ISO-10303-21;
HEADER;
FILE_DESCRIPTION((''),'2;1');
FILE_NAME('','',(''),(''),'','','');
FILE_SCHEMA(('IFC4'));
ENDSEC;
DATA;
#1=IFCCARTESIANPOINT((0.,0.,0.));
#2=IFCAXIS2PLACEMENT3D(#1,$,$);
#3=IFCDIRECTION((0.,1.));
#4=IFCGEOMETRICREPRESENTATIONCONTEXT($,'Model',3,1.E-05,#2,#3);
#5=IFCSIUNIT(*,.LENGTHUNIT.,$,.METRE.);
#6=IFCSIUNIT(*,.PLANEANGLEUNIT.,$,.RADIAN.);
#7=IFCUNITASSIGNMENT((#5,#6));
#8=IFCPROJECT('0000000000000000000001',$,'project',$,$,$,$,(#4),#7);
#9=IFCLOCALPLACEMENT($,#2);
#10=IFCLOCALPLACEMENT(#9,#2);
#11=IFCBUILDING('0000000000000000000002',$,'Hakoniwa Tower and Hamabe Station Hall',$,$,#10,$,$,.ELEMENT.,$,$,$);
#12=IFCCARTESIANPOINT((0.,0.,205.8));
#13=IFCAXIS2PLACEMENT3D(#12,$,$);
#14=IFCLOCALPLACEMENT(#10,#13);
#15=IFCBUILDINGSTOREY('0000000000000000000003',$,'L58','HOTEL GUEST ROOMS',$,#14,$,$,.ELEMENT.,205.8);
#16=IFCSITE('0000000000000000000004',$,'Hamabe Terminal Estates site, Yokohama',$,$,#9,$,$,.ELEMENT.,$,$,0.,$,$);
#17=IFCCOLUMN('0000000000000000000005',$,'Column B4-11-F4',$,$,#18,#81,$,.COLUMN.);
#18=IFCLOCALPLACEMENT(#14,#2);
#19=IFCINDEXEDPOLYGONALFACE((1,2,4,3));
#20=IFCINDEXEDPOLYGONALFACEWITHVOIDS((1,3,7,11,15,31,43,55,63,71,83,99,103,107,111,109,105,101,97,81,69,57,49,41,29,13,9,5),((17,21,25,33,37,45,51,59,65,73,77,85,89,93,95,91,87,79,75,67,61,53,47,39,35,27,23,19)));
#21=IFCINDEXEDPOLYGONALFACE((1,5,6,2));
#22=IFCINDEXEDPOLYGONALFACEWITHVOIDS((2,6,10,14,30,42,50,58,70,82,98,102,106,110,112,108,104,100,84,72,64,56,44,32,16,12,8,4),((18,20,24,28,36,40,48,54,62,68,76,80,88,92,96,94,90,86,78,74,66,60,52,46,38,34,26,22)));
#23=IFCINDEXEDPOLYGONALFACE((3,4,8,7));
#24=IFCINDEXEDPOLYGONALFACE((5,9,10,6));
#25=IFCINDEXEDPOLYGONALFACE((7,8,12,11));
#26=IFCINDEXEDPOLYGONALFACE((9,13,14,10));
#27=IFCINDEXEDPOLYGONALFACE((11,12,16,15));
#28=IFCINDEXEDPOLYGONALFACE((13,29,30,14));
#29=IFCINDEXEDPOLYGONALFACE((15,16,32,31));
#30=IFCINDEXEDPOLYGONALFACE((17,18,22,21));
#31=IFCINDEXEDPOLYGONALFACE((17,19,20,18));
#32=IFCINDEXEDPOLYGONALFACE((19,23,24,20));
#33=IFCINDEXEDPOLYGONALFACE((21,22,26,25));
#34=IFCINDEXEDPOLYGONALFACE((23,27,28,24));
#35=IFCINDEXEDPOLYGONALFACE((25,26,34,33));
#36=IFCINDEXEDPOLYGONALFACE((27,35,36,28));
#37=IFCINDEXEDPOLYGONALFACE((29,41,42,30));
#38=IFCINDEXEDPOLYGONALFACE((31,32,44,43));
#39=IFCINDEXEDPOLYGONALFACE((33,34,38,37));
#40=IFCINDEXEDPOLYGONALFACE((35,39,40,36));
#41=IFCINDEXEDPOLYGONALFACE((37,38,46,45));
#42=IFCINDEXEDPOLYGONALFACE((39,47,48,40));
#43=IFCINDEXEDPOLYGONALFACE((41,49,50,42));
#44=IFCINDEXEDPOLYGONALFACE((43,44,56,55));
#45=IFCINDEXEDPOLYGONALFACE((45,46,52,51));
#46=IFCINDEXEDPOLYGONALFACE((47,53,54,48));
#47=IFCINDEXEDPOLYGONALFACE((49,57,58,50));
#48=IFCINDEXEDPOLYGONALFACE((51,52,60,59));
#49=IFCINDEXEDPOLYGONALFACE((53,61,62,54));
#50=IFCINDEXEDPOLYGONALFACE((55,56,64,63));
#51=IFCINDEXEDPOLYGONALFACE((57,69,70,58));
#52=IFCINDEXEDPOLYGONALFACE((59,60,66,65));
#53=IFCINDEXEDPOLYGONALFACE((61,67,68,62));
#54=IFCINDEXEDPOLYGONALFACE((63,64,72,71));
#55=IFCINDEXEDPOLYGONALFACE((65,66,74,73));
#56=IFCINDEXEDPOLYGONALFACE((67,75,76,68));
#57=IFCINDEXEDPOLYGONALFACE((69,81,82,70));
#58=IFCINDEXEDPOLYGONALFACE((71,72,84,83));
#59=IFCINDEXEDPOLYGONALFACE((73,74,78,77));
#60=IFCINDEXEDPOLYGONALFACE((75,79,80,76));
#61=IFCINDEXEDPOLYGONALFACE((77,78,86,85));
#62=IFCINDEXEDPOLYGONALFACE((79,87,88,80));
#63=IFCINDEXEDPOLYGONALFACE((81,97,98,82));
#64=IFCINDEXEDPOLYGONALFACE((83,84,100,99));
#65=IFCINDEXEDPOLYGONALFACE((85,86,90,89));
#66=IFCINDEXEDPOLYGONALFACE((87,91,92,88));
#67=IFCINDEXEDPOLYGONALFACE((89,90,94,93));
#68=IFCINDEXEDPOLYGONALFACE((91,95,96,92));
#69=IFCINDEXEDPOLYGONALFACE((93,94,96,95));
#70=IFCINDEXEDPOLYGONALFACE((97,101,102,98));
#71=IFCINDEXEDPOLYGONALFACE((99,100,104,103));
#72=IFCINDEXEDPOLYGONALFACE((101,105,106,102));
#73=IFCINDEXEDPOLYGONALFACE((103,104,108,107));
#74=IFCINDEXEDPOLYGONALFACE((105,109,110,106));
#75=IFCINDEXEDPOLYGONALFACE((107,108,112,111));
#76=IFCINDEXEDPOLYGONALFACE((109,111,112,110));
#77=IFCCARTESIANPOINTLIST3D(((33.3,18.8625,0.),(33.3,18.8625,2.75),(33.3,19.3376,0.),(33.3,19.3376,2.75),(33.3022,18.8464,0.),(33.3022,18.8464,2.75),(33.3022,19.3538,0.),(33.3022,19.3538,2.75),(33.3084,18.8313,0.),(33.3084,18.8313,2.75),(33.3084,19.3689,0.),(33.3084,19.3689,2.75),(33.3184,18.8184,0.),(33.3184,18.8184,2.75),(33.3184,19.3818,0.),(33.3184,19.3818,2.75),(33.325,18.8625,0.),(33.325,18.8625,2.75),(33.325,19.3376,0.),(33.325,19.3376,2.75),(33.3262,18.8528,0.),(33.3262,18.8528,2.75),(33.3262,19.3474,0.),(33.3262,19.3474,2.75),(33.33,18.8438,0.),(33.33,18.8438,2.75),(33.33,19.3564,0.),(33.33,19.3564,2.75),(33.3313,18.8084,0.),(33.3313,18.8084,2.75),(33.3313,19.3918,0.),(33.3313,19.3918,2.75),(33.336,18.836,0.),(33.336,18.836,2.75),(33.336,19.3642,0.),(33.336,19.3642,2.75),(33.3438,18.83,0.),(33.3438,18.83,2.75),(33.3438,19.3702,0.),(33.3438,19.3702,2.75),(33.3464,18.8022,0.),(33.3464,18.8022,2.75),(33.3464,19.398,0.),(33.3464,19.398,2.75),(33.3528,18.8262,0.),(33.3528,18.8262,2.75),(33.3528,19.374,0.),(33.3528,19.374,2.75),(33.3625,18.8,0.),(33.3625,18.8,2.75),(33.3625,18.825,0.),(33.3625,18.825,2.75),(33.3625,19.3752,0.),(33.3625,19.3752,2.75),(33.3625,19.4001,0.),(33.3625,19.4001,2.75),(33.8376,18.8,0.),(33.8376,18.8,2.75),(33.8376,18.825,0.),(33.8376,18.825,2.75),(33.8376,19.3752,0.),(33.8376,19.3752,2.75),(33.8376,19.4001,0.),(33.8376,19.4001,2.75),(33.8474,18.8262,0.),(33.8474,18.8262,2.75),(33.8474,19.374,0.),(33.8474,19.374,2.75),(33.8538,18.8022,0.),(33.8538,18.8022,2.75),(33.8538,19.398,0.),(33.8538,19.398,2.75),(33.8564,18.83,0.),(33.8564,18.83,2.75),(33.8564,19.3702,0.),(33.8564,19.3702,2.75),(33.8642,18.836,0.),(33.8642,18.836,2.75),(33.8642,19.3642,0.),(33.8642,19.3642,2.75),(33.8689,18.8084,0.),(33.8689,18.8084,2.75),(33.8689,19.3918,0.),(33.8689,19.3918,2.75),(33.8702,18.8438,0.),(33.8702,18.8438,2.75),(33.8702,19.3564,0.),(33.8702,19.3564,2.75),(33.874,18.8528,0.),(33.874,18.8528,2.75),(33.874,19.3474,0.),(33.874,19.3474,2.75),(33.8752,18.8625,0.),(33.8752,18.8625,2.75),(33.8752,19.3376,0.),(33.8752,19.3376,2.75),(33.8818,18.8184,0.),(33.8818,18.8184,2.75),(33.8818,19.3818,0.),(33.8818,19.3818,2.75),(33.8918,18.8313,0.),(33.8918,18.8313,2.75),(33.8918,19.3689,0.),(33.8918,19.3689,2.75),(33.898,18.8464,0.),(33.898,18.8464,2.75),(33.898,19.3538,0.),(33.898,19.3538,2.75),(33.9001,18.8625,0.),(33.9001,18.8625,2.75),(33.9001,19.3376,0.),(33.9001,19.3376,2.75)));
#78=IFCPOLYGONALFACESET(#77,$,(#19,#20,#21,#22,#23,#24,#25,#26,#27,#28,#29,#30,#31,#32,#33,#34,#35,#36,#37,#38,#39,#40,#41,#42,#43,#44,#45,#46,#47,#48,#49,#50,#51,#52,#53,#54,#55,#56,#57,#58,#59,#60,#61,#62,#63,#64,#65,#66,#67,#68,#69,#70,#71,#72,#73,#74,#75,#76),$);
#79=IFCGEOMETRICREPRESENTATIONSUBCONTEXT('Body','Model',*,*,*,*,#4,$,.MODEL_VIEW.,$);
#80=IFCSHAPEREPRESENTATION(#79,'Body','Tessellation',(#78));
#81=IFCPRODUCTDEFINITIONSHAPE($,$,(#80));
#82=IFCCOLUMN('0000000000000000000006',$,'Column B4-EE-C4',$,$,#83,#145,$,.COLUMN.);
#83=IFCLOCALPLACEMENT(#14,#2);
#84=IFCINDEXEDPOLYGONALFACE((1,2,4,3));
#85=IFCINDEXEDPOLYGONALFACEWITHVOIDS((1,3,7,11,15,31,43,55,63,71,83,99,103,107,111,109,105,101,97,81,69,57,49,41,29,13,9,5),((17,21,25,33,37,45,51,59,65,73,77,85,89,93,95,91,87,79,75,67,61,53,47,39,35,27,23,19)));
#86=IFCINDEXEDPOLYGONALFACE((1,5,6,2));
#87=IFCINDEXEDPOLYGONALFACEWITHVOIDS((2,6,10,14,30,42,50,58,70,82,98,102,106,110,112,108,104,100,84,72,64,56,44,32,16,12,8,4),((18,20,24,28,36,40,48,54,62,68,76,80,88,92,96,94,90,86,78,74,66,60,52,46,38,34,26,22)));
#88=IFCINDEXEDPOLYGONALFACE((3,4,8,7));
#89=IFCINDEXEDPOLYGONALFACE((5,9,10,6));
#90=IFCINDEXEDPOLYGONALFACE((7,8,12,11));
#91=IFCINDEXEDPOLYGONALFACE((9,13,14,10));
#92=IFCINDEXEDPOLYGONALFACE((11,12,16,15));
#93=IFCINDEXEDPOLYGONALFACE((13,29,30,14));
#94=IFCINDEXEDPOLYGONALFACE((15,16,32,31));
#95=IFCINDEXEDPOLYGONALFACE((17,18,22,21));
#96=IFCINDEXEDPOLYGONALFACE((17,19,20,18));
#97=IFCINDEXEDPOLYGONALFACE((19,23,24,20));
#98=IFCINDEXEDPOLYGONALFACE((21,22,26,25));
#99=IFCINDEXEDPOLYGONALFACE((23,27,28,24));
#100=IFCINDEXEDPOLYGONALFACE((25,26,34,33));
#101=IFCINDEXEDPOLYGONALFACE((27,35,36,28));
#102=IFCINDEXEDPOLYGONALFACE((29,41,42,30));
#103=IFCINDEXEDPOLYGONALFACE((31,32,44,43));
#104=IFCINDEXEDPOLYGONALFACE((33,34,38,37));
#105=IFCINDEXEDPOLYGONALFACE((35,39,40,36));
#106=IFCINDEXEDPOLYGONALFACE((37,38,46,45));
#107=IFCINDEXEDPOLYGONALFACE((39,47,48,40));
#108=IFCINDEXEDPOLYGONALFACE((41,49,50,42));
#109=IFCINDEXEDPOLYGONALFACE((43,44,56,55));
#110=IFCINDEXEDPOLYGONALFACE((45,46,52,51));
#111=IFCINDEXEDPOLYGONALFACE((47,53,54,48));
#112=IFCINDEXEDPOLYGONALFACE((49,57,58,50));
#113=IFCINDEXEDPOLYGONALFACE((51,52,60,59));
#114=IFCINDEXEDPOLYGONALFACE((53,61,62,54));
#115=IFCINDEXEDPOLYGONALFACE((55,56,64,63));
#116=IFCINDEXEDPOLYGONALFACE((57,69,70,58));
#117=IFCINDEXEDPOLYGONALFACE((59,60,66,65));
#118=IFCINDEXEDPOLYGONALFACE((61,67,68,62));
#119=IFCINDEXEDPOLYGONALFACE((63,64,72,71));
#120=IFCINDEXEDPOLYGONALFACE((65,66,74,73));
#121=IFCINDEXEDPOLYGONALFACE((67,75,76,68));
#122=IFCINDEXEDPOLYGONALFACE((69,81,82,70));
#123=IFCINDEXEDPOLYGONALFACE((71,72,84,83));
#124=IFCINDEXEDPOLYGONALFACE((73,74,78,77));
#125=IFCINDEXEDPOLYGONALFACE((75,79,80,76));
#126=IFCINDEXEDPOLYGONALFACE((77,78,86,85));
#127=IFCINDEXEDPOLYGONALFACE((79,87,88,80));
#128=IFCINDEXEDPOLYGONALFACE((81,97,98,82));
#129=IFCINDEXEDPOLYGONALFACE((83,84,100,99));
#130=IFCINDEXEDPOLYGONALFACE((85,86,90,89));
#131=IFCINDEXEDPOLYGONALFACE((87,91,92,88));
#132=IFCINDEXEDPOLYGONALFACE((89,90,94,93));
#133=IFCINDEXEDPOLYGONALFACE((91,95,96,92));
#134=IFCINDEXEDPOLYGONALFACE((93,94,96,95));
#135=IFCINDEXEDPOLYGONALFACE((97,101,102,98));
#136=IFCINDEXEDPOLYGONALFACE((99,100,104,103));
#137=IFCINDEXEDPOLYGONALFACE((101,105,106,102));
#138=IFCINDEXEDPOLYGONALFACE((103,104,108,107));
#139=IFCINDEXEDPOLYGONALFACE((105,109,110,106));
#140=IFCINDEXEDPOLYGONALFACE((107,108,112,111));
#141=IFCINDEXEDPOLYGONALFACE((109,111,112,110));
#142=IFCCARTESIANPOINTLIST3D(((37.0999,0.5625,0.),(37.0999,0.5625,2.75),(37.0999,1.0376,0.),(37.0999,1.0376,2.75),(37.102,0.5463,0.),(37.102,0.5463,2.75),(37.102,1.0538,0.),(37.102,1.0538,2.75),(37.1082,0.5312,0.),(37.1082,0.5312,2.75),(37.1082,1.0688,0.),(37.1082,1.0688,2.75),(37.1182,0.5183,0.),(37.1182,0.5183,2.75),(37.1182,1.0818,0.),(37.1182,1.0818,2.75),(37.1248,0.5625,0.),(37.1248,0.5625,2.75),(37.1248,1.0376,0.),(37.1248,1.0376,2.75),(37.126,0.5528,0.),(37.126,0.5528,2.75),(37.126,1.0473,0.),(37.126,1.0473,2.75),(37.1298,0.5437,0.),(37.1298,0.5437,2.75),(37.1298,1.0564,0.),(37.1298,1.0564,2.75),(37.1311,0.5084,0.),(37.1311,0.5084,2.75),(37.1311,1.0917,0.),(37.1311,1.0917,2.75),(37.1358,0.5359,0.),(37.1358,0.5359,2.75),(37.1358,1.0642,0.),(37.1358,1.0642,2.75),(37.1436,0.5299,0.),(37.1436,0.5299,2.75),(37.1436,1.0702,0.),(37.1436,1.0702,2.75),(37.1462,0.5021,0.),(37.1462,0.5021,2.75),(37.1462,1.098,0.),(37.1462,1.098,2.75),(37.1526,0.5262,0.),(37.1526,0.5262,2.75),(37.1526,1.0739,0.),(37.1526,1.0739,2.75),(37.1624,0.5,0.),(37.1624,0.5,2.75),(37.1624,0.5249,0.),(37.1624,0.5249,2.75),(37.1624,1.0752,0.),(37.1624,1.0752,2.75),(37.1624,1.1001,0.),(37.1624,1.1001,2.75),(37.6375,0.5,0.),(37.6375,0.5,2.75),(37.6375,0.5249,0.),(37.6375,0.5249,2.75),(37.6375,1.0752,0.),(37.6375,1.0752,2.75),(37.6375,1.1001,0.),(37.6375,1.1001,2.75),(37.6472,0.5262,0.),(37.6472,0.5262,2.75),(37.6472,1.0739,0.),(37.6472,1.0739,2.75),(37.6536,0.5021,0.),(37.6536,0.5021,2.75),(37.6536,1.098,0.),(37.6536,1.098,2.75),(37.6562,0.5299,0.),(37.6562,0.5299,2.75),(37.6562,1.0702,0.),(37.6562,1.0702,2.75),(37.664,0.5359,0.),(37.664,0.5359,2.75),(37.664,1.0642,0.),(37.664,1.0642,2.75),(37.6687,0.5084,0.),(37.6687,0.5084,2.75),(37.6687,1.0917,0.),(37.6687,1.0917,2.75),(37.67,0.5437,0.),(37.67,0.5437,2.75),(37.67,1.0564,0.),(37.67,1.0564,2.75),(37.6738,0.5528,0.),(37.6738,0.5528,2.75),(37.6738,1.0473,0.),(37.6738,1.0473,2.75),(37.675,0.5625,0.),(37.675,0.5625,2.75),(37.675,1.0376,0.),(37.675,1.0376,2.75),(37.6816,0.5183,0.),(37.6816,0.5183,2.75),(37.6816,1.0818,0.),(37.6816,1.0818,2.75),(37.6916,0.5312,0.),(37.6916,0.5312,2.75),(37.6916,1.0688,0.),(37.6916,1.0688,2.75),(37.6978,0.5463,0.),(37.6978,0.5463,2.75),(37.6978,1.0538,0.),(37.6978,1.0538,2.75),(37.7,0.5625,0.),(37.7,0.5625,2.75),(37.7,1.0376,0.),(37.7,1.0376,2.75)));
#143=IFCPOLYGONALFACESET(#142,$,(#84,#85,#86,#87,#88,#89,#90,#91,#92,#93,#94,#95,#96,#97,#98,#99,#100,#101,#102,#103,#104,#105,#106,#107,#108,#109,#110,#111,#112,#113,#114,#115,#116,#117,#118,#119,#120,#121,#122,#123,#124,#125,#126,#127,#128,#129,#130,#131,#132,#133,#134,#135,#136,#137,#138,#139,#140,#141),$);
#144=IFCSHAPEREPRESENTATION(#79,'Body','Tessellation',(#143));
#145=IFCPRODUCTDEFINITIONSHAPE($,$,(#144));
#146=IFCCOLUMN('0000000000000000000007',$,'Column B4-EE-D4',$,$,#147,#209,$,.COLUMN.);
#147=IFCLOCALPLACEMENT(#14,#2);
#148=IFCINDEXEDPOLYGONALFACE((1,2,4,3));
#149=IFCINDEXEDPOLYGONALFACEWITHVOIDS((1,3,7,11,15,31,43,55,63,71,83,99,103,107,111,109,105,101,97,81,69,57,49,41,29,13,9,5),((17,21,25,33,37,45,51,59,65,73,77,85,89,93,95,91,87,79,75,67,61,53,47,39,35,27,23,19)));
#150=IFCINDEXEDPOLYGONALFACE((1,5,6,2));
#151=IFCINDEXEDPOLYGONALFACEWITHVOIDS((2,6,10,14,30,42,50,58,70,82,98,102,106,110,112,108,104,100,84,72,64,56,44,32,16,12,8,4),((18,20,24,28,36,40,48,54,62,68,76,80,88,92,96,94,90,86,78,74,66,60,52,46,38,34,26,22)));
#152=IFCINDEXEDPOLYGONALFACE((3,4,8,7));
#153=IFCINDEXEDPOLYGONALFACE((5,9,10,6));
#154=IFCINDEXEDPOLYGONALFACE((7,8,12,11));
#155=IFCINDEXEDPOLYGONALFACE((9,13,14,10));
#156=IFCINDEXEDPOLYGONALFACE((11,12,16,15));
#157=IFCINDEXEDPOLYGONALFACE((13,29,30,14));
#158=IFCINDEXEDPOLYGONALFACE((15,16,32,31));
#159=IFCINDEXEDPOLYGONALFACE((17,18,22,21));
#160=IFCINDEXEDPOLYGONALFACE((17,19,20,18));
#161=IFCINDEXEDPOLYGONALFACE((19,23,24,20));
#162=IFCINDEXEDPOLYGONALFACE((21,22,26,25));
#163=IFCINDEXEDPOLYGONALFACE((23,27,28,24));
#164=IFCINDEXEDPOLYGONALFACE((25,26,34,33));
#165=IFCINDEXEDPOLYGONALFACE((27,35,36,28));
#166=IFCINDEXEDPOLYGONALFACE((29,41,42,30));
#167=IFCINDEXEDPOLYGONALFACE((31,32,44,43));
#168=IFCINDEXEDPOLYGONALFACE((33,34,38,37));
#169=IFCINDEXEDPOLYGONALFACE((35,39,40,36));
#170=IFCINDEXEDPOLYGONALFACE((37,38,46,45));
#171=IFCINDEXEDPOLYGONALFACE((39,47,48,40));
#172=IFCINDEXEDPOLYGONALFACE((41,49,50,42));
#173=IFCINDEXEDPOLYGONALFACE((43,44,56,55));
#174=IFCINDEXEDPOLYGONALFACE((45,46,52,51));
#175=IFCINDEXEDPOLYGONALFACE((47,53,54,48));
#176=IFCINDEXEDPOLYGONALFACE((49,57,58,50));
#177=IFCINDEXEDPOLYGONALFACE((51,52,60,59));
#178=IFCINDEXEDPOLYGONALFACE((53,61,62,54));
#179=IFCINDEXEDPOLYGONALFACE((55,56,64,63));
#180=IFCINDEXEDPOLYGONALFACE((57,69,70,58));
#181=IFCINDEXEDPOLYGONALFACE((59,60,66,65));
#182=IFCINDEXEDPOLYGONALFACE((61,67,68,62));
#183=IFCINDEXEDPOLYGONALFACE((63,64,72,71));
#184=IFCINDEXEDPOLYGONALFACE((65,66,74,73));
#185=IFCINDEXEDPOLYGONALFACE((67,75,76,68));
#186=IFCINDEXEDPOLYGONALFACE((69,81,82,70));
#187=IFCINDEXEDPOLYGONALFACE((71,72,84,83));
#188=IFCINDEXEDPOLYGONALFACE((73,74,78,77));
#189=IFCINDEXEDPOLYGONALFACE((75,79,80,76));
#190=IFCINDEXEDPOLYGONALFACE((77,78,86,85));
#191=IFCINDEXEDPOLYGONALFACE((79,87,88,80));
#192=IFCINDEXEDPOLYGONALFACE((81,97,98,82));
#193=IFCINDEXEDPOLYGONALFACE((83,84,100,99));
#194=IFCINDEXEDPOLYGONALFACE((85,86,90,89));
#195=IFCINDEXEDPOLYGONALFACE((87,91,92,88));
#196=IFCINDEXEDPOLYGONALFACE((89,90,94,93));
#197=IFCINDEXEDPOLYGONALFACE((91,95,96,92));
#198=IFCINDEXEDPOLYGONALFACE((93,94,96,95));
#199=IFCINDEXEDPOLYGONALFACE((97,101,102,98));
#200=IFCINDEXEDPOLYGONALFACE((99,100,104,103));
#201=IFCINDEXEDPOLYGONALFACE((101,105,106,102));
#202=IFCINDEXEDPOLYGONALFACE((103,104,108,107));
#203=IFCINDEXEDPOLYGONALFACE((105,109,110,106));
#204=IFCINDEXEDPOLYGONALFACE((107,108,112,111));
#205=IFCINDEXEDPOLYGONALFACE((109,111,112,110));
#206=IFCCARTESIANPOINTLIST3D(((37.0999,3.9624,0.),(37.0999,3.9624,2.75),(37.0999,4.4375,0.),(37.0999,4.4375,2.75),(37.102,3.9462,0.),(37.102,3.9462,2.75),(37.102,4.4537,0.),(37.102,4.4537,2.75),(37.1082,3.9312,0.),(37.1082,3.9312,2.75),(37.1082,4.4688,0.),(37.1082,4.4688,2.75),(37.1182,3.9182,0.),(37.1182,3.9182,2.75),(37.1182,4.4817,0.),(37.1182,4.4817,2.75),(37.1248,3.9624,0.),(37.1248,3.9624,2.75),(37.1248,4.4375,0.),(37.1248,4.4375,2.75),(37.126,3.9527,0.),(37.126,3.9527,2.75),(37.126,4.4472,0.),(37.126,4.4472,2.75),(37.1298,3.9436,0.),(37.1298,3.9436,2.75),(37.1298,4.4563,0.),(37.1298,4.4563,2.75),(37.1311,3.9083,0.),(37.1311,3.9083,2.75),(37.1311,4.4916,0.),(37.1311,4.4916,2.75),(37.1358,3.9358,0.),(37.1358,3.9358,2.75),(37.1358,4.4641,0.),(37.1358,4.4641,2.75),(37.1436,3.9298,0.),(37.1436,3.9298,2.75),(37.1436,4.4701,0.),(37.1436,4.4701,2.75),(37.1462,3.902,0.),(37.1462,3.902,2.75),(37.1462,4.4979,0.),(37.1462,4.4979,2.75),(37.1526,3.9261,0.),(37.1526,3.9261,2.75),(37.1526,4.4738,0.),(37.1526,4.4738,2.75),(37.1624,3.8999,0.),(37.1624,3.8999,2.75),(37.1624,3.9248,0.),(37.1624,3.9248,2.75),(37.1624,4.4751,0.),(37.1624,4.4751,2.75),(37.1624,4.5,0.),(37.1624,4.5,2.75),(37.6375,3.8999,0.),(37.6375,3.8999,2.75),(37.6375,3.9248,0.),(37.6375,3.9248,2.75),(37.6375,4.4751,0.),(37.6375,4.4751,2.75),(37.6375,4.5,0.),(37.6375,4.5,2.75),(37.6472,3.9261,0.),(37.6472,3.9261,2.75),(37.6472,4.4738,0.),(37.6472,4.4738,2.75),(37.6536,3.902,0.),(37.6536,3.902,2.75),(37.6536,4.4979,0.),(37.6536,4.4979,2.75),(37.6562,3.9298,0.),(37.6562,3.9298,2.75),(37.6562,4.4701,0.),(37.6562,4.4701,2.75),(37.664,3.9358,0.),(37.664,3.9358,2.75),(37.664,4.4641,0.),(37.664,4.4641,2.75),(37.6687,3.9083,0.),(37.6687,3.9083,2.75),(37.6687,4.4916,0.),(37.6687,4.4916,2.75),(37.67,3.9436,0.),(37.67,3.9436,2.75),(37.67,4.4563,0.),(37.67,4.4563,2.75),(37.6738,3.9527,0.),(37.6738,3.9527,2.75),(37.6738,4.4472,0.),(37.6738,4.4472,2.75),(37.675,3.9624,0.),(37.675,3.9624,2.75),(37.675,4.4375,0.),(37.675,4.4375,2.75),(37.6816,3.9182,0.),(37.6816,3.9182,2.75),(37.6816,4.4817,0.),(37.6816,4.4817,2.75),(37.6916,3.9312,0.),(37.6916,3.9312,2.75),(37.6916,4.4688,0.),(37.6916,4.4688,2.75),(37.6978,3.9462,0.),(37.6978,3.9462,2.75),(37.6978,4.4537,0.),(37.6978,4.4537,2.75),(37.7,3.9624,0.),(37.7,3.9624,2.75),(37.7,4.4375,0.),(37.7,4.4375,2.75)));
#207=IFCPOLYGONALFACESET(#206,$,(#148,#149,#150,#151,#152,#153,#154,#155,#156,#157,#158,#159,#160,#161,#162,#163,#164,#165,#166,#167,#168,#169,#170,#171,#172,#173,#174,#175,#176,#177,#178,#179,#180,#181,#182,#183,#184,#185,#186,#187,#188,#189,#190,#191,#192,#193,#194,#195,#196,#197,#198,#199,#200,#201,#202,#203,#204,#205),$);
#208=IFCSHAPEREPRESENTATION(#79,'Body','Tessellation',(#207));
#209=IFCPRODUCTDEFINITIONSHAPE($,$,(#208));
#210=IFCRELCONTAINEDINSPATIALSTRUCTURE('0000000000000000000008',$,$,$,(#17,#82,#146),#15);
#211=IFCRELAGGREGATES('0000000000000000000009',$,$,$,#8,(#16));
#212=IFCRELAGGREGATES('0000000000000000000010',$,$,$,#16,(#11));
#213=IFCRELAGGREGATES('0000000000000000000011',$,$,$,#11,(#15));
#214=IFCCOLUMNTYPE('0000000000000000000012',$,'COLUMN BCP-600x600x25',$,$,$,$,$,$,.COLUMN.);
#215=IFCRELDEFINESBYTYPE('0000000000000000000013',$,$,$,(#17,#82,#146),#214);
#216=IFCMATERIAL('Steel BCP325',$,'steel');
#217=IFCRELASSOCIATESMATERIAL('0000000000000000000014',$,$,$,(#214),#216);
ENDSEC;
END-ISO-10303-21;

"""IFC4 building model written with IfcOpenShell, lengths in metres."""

from ifc_helpers import new_model, si_unit, direction, frame, origin, origin_2d, place, context, subcontext, project, spatial, hollow_rectangle, extrude, material, material_profile, profile_set, type_object, element, save


model = new_model("IFC4")

# Units and contexts
model_context = context("Model", 3, precision=1e-05, world=origin(), true_north=direction((0.0, 1.0)))
body_context = subcontext(model_context, "Body", "Model", "MODEL_VIEW")
ifc_project = project(units=[si_unit("LENGTHUNIT", "METRE"), si_unit("PLANEANGLEUNIT", "RADIAN")], contexts=[model_context])

# Site, building, storey
site_placement = place(None, origin())
site = spatial("IfcSite", under=ifc_project, at=site_placement, Name="Hamabe Terminal Estates site, Yokohama", CompositionType="ELEMENT", RefElevation=0.0)
building_placement = place(site_placement, origin())
building = spatial("IfcBuilding", under=site, at=building_placement, Name="Hakoniwa Tower and Hamabe Station Hall", CompositionType="ELEMENT")
storey_placement = place(building_placement, frame((0.0, 0.0, 205.8)))
storey = spatial("IfcBuildingStorey", under=building, at=storey_placement, Name="L58", Description="HOTEL GUEST ROOMS", CompositionType="ELEMENT", Elevation=205.8)

# Columns
ifc_material_1 = material(Name="Steel BCP325", Category="steel")
ifc_material_profile_1 = material_profile(ifc_material_1, hollow_rectangle(XDim=0.6001, YDim=0.6001, WallThickness=0.0249, InnerFilletRadius=0.0376, OuterFilletRadius=0.0625, at=origin_2d()), Name="BCP-600x600x25")
ifc_profile_set_1 = profile_set([ifc_material_profile_1], Name="Steel BCP325")
column_type = type_object("IfcColumnType", Name="COLUMN BCP-600x600x25", PredefinedType="COLUMN", material=ifc_profile_set_1)
for number, where, z_axis, x_axis, name in (
    (1, (33.6001, 19.1001, 0.0), (0.0, 0.0, 1.0), (1.0, 0.0, 0.0), "Column B4-11-F4"),
    (2, (37.3999, 0.8, 0.0), (0.0, 0.0, 1.0), (1.0, 0.0, 0.0), "Column B4-EE-C4"),
    (3, (37.3999, 4.2, 0.0), (0.0, 0.0, 1.0), (1.0, 0.0, 0.0), "Column B4-EE-D4"),
):
    element("IfcColumn", number, at=place(storey_placement, frame(where, z_axis=z_axis, x_axis=x_axis)), inside=storey, type_object=column_type, Name=name, PredefinedType="COLUMN", context=body_context, shape_type="SweptSolid", body=[
        extrude(hollow_rectangle(XDim=0.6001, YDim=0.6001, WallThickness=0.0249, InnerFilletRadius=0.0376, OuterFilletRadius=0.0625, at=origin_2d()), origin(), (0.0, 0.0, 1.0), 2.75),
    ])

save(model, "model.ifc")
